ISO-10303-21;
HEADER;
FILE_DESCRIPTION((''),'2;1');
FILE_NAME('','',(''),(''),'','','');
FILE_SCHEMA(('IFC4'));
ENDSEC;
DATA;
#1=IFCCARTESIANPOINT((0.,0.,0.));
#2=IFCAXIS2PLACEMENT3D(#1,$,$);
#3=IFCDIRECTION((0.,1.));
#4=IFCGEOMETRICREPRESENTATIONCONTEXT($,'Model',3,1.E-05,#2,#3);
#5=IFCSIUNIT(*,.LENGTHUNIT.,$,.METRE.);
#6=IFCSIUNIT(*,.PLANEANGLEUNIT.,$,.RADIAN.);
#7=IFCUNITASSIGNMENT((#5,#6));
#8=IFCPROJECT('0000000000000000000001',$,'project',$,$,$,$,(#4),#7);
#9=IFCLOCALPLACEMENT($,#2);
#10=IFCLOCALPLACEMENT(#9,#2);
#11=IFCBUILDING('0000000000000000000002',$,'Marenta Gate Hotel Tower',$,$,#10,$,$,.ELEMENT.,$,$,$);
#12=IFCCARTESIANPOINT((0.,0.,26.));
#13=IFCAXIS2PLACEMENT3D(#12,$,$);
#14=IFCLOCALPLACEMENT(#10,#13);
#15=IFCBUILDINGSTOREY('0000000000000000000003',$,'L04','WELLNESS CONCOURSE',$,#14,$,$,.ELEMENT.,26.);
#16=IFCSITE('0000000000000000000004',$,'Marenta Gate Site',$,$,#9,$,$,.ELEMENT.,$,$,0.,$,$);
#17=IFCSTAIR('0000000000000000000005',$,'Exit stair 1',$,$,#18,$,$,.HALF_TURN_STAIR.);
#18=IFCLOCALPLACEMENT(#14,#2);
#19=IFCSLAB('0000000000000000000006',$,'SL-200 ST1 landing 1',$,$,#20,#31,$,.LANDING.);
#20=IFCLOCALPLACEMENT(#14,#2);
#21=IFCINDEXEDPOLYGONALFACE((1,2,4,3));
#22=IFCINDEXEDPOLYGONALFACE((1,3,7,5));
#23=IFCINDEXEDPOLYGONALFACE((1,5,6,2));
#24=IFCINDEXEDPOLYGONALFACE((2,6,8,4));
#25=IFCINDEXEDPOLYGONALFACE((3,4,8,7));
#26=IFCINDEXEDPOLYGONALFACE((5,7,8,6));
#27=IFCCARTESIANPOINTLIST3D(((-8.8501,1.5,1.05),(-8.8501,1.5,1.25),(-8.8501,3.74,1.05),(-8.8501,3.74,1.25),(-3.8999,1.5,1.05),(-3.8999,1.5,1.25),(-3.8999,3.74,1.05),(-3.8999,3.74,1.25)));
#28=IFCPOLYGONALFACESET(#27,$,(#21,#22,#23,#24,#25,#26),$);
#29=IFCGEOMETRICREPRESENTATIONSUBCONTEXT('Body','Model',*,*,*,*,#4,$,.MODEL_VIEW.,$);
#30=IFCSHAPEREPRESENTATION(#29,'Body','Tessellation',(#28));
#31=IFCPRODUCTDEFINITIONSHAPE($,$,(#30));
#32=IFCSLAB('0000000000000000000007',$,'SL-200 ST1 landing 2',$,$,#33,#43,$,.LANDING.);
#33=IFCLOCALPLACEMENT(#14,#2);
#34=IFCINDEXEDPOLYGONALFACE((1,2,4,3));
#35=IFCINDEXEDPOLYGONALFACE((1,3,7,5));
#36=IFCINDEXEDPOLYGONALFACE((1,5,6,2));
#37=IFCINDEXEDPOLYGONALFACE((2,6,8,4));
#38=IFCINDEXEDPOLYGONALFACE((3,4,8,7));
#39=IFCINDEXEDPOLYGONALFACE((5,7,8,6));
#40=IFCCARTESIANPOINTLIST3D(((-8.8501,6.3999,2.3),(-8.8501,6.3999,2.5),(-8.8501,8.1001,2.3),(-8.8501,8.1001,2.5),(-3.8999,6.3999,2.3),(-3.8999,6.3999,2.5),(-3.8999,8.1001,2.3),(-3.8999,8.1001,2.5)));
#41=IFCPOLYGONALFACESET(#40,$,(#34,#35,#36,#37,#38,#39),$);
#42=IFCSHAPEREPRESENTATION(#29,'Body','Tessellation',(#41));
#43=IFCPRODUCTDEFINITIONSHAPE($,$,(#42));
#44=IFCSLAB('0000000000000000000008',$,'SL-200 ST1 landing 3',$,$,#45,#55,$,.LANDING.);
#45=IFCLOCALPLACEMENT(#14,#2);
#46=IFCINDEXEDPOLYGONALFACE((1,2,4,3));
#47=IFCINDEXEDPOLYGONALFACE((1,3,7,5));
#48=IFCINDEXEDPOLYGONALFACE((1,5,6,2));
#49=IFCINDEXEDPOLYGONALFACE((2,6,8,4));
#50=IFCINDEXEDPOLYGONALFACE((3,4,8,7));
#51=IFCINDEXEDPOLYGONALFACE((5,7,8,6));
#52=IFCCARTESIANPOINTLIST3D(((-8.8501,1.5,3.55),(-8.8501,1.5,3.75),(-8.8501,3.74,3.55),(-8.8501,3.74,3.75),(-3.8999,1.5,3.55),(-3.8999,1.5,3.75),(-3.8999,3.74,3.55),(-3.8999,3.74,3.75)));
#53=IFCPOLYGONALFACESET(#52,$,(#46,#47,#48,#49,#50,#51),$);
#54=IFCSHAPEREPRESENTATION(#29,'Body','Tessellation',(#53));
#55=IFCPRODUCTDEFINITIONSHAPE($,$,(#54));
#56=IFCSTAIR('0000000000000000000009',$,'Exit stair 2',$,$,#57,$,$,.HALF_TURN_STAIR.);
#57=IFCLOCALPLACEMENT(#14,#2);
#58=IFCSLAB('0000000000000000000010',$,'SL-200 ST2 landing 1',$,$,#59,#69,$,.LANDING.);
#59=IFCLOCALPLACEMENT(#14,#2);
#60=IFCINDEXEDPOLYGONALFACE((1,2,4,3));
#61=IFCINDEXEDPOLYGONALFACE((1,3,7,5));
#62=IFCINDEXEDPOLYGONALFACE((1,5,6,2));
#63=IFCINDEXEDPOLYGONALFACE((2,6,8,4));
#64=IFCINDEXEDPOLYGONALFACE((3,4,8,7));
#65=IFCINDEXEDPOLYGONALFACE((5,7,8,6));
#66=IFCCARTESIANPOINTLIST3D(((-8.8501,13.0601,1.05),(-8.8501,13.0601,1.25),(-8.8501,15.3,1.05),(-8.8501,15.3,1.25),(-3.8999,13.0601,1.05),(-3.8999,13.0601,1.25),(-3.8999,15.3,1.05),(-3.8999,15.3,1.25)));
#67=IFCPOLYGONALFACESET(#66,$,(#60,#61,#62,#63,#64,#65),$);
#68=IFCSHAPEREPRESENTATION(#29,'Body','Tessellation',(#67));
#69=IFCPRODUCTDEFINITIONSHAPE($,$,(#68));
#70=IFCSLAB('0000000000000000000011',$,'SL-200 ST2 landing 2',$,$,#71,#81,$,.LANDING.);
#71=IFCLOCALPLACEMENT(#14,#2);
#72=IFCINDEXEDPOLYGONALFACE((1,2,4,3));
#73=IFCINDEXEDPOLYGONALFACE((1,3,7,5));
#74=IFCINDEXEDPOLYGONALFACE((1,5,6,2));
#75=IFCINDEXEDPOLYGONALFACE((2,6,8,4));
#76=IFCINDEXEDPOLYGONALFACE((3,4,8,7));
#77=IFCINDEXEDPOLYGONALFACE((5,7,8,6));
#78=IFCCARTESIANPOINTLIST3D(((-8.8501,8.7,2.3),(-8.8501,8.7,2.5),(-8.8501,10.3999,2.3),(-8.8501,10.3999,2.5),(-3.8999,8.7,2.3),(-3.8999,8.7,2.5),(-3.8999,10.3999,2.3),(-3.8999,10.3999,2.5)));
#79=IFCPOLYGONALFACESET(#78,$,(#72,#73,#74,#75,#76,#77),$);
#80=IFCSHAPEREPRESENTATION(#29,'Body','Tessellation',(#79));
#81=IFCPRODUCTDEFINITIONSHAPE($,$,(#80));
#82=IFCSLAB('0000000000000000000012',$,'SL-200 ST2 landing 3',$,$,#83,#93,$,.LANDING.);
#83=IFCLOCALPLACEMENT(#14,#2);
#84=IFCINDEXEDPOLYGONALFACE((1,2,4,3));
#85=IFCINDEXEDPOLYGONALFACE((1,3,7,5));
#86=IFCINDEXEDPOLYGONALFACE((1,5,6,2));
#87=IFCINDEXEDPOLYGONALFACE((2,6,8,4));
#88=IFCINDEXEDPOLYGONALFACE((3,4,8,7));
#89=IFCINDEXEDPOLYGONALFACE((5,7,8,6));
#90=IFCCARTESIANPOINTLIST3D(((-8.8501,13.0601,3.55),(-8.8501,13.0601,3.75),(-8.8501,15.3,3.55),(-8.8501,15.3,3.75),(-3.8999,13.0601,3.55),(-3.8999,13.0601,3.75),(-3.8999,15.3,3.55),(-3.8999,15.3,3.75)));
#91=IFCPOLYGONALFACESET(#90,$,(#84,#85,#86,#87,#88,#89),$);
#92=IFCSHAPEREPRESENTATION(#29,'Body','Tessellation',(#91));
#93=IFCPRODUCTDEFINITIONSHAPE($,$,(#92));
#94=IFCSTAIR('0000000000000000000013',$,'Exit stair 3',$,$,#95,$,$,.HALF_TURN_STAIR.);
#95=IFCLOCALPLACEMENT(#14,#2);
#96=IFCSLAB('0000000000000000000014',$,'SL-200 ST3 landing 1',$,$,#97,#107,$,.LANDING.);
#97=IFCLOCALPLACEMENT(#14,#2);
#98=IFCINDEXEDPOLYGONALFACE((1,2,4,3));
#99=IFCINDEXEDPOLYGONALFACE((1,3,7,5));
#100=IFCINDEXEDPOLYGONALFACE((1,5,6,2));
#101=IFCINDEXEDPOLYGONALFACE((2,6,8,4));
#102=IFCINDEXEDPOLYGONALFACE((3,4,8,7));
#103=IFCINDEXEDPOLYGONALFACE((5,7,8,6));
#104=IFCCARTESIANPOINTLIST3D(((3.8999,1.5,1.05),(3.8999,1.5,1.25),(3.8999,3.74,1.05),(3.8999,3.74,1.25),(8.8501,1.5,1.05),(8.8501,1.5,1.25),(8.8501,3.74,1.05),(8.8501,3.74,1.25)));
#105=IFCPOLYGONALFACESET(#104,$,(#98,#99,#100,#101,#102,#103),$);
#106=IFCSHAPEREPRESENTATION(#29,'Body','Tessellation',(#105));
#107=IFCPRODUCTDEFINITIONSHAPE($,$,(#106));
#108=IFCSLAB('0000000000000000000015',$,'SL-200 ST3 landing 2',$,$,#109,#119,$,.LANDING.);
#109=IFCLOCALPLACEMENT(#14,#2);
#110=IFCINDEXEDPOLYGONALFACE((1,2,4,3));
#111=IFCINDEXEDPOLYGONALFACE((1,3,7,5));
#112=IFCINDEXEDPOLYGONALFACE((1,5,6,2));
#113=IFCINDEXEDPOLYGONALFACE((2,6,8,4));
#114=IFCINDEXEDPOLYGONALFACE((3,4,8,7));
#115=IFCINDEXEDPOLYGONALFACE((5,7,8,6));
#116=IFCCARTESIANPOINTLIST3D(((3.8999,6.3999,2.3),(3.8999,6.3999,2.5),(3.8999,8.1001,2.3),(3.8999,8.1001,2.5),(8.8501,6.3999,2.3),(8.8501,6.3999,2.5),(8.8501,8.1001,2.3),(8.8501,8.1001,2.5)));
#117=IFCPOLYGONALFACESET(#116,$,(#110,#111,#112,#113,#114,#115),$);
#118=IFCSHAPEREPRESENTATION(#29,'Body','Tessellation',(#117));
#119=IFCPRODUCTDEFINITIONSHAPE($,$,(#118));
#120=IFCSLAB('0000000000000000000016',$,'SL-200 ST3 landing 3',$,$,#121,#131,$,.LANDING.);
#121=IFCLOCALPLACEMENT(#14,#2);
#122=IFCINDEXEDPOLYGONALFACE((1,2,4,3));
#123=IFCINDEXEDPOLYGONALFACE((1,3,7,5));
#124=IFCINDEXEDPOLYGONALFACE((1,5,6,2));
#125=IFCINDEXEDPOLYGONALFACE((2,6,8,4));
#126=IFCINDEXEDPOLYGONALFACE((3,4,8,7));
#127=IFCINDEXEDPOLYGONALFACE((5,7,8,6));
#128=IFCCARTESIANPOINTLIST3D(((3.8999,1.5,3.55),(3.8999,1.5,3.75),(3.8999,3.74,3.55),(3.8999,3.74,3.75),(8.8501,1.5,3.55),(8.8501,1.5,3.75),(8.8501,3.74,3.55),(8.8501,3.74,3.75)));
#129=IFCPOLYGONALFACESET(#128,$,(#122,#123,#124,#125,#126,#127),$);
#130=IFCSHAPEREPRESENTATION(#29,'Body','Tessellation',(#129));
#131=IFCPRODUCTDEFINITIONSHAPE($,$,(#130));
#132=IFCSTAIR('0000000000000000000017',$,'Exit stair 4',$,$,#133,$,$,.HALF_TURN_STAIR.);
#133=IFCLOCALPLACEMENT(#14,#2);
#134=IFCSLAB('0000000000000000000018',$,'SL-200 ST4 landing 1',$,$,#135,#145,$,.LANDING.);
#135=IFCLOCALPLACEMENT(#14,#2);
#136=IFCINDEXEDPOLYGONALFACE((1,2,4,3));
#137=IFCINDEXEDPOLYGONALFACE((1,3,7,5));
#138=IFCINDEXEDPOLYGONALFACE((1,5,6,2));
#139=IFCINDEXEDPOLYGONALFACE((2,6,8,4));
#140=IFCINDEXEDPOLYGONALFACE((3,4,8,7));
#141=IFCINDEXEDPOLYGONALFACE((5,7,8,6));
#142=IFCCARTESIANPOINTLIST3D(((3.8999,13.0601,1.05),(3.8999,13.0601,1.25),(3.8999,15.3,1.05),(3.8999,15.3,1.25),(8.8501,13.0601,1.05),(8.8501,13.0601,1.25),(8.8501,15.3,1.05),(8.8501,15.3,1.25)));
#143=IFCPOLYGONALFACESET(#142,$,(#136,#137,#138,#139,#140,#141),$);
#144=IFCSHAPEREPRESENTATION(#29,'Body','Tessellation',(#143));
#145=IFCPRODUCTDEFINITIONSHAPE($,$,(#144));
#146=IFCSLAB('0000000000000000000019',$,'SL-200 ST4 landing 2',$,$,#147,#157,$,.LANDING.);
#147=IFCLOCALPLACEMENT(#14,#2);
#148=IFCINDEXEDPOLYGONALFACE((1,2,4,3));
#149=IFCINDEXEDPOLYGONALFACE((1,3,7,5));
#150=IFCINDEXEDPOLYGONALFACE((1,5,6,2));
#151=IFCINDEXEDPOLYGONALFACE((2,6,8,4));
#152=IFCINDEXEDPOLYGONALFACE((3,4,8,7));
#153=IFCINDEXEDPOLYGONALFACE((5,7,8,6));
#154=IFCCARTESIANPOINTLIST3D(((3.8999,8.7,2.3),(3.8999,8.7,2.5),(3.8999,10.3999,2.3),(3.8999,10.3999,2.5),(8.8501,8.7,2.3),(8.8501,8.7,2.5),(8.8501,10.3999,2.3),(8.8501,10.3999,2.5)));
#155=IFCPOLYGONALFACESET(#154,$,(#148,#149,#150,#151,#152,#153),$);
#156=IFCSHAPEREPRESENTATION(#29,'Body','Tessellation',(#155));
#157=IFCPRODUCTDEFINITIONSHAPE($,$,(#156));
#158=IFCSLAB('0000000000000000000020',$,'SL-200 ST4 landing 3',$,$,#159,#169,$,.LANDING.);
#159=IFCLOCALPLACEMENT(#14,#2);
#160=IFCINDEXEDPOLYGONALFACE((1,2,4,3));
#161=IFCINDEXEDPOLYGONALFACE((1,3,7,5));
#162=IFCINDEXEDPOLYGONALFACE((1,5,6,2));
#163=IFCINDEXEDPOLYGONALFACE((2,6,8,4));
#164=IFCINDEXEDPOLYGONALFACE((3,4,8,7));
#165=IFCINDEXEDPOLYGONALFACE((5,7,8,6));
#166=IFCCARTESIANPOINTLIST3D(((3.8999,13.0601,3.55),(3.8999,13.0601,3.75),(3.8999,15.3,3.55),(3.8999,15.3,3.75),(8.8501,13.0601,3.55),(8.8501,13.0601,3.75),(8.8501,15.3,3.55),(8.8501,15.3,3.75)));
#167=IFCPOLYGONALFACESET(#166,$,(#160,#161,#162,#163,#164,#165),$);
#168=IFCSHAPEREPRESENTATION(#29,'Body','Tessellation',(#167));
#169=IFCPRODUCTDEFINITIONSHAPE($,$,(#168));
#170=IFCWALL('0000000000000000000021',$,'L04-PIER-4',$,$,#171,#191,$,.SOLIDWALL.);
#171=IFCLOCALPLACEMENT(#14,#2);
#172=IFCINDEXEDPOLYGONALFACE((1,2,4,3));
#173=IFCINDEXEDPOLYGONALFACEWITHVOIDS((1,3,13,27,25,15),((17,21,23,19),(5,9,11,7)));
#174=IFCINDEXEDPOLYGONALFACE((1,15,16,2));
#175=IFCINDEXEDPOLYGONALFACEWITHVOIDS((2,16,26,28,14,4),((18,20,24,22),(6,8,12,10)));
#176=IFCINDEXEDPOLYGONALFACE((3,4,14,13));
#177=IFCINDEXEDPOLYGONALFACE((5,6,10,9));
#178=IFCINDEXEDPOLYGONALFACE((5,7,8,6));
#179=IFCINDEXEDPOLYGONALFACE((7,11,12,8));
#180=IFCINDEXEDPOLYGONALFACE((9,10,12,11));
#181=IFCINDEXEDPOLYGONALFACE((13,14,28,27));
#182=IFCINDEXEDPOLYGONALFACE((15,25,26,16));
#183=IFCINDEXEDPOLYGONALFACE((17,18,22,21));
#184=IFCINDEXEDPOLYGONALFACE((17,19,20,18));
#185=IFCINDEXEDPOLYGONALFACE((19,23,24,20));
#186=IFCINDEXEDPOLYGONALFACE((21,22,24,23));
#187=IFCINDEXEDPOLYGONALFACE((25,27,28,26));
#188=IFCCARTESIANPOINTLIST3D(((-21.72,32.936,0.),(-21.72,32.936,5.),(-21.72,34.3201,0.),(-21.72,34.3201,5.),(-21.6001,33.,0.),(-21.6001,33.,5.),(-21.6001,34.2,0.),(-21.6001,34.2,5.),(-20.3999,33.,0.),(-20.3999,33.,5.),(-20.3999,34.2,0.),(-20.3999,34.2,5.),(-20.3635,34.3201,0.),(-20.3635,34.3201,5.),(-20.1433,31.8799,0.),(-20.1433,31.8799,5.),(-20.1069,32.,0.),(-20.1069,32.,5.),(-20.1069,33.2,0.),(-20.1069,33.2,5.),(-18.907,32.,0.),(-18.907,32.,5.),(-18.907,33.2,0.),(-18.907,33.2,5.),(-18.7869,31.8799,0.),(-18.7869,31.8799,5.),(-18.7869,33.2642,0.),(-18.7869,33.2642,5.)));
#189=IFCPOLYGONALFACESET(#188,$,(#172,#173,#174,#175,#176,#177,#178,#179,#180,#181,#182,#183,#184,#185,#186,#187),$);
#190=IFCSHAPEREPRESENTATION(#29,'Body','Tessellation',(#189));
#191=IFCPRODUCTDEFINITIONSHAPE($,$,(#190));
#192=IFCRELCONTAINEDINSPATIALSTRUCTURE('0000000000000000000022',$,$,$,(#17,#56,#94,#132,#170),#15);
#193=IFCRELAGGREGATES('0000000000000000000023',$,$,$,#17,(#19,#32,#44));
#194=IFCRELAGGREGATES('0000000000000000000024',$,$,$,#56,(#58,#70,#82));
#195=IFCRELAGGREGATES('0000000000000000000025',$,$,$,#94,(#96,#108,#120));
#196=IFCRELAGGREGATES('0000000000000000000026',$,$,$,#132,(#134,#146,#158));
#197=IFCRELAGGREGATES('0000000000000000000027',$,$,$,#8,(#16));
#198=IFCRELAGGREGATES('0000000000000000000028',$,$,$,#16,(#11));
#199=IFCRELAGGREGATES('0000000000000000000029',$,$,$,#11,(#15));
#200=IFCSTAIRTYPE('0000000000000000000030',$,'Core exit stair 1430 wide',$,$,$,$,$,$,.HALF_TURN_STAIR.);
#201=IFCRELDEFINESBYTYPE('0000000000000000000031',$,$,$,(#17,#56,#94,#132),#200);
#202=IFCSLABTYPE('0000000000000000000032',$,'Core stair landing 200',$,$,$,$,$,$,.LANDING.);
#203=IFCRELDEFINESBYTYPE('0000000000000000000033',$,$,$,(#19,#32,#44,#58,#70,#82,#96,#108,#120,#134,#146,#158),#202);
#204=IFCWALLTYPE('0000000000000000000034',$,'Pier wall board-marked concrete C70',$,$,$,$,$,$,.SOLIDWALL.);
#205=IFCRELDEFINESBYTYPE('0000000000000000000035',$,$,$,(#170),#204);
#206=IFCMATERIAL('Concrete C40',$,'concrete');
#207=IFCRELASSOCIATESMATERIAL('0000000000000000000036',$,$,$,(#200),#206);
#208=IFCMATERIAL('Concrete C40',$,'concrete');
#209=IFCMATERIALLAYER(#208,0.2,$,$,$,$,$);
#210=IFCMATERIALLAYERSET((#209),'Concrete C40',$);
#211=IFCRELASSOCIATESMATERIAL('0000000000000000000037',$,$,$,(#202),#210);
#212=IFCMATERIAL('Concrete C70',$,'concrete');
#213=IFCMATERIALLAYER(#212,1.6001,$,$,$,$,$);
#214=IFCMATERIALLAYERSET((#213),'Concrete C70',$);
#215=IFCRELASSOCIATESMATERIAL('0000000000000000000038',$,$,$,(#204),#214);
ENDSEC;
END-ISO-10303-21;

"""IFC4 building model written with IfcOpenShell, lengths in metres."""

from ifc_helpers import new_model, si_unit, direction, frame, origin, place, context, subcontext, project, spatial, polyline, outline, extrude, material, layer, layer_set, type_object, element, aggregate, save


model = new_model("IFC4")

# Units and contexts
model_context = context("Model", 3, precision=1e-05, world=origin(), true_north=direction((0.0, 1.0)))
body_context = subcontext(model_context, "Body", "Model", "MODEL_VIEW")
ifc_project = project(units=[si_unit("LENGTHUNIT", "METRE"), si_unit("PLANEANGLEUNIT", "RADIAN")], contexts=[model_context])

# Site, building, storey
site_placement = place(None, origin())
site = spatial("IfcSite", under=ifc_project, at=site_placement, Name="Marenta Gate Site", CompositionType="ELEMENT", RefElevation=0.0)
building_placement = place(site_placement, origin())
building = spatial("IfcBuilding", under=site, at=building_placement, Name="Marenta Gate Hotel Tower", CompositionType="ELEMENT")
storey_placement = place(building_placement, frame((0.0, 0.0, 26.0)))
storey = spatial("IfcBuildingStorey", under=building, at=storey_placement, Name="L04", Description="WELLNESS CONCOURSE", CompositionType="ELEMENT", Elevation=26.0)

# Stairs, slabs
ifc_material_1 = material(Name="Concrete C40", Category="concrete")
stair_type = type_object("IfcStairType", Name="Core exit stair 1430 wide", PredefinedType="HALF_TURN_STAIR", material=ifc_material_1)
stair_1_placement = place(storey_placement, origin())
stair_1 = element("IfcStair", 1, at=stair_1_placement, inside=storey, type_object=stair_type, Name="Exit stair 1", PredefinedType="HALF_TURN_STAIR")
ifc_material_2 = material(Name="Concrete C40", Category="concrete")
ifc_layer_1 = layer(ifc_material_2, 0.2)
ifc_layer_set_1 = layer_set([ifc_layer_1], Name="Concrete C40")
slab_type = type_object("IfcSlabType", Name="Core stair landing 200", PredefinedType="LANDING", material=ifc_layer_set_1)
slab_1_placement = place(storey_placement, frame((0.0, 0.0, 1.05)))
slab_1 = element("IfcSlab", 2, at=slab_1_placement, type_object=slab_type, Name="SL-200 ST1 landing 1", PredefinedType="LANDING", context=body_context, shape_type="SweptSolid", body=[
    extrude(outline(polyline([(-8.8501, 1.5), (-3.8999, 1.5), (-3.8999, 3.74), (-8.8501, 3.74), (-8.8501, 1.5)])), origin(), (0.0, 0.0, 1.0), 0.2),
])
slab_2_placement = place(storey_placement, frame((0.0, 0.0, 2.3)))
slab_2 = element("IfcSlab", 3, at=slab_2_placement, type_object=slab_type, Name="SL-200 ST1 landing 2", PredefinedType="LANDING", context=body_context, shape_type="SweptSolid", body=[
    extrude(outline(polyline([(-8.8501, 6.3999), (-3.8999, 6.3999), (-3.8999, 8.1001), (-8.8501, 8.1001), (-8.8501, 6.3999)])), origin(), (0.0, 0.0, 1.0), 0.2),
])
slab_3_placement = place(storey_placement, frame((0.0, 0.0, 3.55)))
slab_3 = element("IfcSlab", 4, at=slab_3_placement, type_object=slab_type, Name="SL-200 ST1 landing 3", PredefinedType="LANDING", context=body_context, shape_type="SweptSolid", body=[
    extrude(outline(polyline([(-8.8501, 1.5), (-3.8999, 1.5), (-3.8999, 3.74), (-8.8501, 3.74), (-8.8501, 1.5)])), origin(), (0.0, 0.0, 1.0), 0.2),
])
aggregate(stair_1, [slab_1, slab_2, slab_3])
stair_2_placement = place(storey_placement, origin())
stair_2 = element("IfcStair", 5, at=stair_2_placement, inside=storey, type_object=stair_type, Name="Exit stair 2", PredefinedType="HALF_TURN_STAIR")
slab_4_placement = place(storey_placement, frame((0.0, 0.0, 1.05)))
slab_4 = element("IfcSlab", 6, at=slab_4_placement, type_object=slab_type, Name="SL-200 ST2 landing 1", PredefinedType="LANDING", context=body_context, shape_type="SweptSolid", body=[
    extrude(outline(polyline([(-8.8501, 13.0601), (-3.8999, 13.0601), (-3.8999, 15.3), (-8.8501, 15.3), (-8.8501, 13.0601)])), origin(), (0.0, 0.0, 1.0), 0.2),
])
slab_5_placement = place(storey_placement, frame((0.0, 0.0, 2.3)))
slab_5 = element("IfcSlab", 7, at=slab_5_placement, type_object=slab_type, Name="SL-200 ST2 landing 2", PredefinedType="LANDING", context=body_context, shape_type="SweptSolid", body=[
    extrude(outline(polyline([(-8.8501, 8.7), (-3.8999, 8.7), (-3.8999, 10.3999), (-8.8501, 10.3999), (-8.8501, 8.7)])), origin(), (0.0, 0.0, 1.0), 0.2),
])
slab_6_placement = place(storey_placement, frame((0.0, 0.0, 3.55)))
slab_6 = element("IfcSlab", 8, at=slab_6_placement, type_object=slab_type, Name="SL-200 ST2 landing 3", PredefinedType="LANDING", context=body_context, shape_type="SweptSolid", body=[
    extrude(outline(polyline([(-8.8501, 13.0601), (-3.8999, 13.0601), (-3.8999, 15.3), (-8.8501, 15.3), (-8.8501, 13.0601)])), origin(), (0.0, 0.0, 1.0), 0.2),
])
aggregate(stair_2, [slab_4, slab_5, slab_6])
stair_3_placement = place(storey_placement, origin())
stair_3 = element("IfcStair", 9, at=stair_3_placement, inside=storey, type_object=stair_type, Name="Exit stair 3", PredefinedType="HALF_TURN_STAIR")
slab_7_placement = place(storey_placement, frame((0.0, 0.0, 1.05)))
slab_7 = element("IfcSlab", 10, at=slab_7_placement, type_object=slab_type, Name="SL-200 ST3 landing 1", PredefinedType="LANDING", context=body_context, shape_type="SweptSolid", body=[
    extrude(outline(polyline([(3.8999, 1.5), (8.8501, 1.5), (8.8501, 3.74), (3.8999, 3.74), (3.8999, 1.5)])), origin(), (0.0, 0.0, 1.0), 0.2),
])
slab_8_placement = place(storey_placement, frame((0.0, 0.0, 2.3)))
slab_8 = element("IfcSlab", 11, at=slab_8_placement, type_object=slab_type, Name="SL-200 ST3 landing 2", PredefinedType="LANDING", context=body_context, shape_type="SweptSolid", body=[
    extrude(outline(polyline([(3.8999, 6.3999), (8.8501, 6.3999), (8.8501, 8.1001), (3.8999, 8.1001), (3.8999, 6.3999)])), origin(), (0.0, 0.0, 1.0), 0.2),
])
slab_9_placement = place(storey_placement, frame((0.0, 0.0, 3.55)))
slab_9 = element("IfcSlab", 12, at=slab_9_placement, type_object=slab_type, Name="SL-200 ST3 landing 3", PredefinedType="LANDING", context=body_context, shape_type="SweptSolid", body=[
    extrude(outline(polyline([(3.8999, 1.5), (8.8501, 1.5), (8.8501, 3.74), (3.8999, 3.74), (3.8999, 1.5)])), origin(), (0.0, 0.0, 1.0), 0.2),
])
aggregate(stair_3, [slab_7, slab_8, slab_9])
stair_4_placement = place(storey_placement, origin())
stair_4 = element("IfcStair", 13, at=stair_4_placement, inside=storey, type_object=stair_type, Name="Exit stair 4", PredefinedType="HALF_TURN_STAIR")
slab_10_placement = place(storey_placement, frame((0.0, 0.0, 1.05)))
slab_10 = element("IfcSlab", 14, at=slab_10_placement, type_object=slab_type, Name="SL-200 ST4 landing 1", PredefinedType="LANDING", context=body_context, shape_type="SweptSolid", body=[
    extrude(outline(polyline([(3.8999, 13.0601), (8.8501, 13.0601), (8.8501, 15.3), (3.8999, 15.3), (3.8999, 13.0601)])), origin(), (0.0, 0.0, 1.0), 0.2),
])
slab_11_placement = place(storey_placement, frame((0.0, 0.0, 2.3)))
slab_11 = element("IfcSlab", 15, at=slab_11_placement, type_object=slab_type, Name="SL-200 ST4 landing 2", PredefinedType="LANDING", context=body_context, shape_type="SweptSolid", body=[
    extrude(outline(polyline([(3.8999, 8.7), (8.8501, 8.7), (8.8501, 10.3999), (3.8999, 10.3999), (3.8999, 8.7)])), origin(), (0.0, 0.0, 1.0), 0.2),
])
slab_12_placement = place(storey_placement, frame((0.0, 0.0, 3.55)))
slab_12 = element("IfcSlab", 16, at=slab_12_placement, type_object=slab_type, Name="SL-200 ST4 landing 3", PredefinedType="LANDING", context=body_context, shape_type="SweptSolid", body=[
    extrude(outline(polyline([(3.8999, 13.0601), (8.8501, 13.0601), (8.8501, 15.3), (3.8999, 15.3), (3.8999, 13.0601)])), origin(), (0.0, 0.0, 1.0), 0.2),
])
aggregate(stair_4, [slab_10, slab_11, slab_12])

# Wall
ifc_material_3 = material(Name="Concrete C70", Category="concrete")
ifc_layer_2 = layer(ifc_material_3, 1.6001)
ifc_layer_set_2 = layer_set([ifc_layer_2], Name="Concrete C70")
wall_type = type_object("IfcWallType", Name="Pier wall board-marked concrete C70", PredefinedType="SOLIDWALL", material=ifc_layer_set_2)
wall_1_placement = place(storey_placement, origin())
element("IfcWall", 17, at=wall_1_placement, inside=storey, type_object=wall_type, Name="L04-PIER-4", PredefinedType="SOLIDWALL", context=body_context, shape_type="SweptSolid", body=[
    extrude(outline(polyline([(-21.72, 34.3201), (-20.3635, 34.3201), (-18.7869, 33.2642), (-18.7869, 31.8799), (-20.1433, 31.8799), (-21.72, 32.936), (-21.72, 34.3201)]), holes=[polyline([(-18.907, 32.0), (-18.907, 33.2), (-20.1069, 33.2), (-20.1069, 32.0), (-18.907, 32.0)]), polyline([(-20.3999, 33.0), (-20.3999, 34.2), (-21.6001, 34.2), (-21.6001, 33.0), (-20.3999, 33.0)])]), origin(), (0.0, 0.0, 1.0), 5.0),
])

save(model, "model.ifc")
